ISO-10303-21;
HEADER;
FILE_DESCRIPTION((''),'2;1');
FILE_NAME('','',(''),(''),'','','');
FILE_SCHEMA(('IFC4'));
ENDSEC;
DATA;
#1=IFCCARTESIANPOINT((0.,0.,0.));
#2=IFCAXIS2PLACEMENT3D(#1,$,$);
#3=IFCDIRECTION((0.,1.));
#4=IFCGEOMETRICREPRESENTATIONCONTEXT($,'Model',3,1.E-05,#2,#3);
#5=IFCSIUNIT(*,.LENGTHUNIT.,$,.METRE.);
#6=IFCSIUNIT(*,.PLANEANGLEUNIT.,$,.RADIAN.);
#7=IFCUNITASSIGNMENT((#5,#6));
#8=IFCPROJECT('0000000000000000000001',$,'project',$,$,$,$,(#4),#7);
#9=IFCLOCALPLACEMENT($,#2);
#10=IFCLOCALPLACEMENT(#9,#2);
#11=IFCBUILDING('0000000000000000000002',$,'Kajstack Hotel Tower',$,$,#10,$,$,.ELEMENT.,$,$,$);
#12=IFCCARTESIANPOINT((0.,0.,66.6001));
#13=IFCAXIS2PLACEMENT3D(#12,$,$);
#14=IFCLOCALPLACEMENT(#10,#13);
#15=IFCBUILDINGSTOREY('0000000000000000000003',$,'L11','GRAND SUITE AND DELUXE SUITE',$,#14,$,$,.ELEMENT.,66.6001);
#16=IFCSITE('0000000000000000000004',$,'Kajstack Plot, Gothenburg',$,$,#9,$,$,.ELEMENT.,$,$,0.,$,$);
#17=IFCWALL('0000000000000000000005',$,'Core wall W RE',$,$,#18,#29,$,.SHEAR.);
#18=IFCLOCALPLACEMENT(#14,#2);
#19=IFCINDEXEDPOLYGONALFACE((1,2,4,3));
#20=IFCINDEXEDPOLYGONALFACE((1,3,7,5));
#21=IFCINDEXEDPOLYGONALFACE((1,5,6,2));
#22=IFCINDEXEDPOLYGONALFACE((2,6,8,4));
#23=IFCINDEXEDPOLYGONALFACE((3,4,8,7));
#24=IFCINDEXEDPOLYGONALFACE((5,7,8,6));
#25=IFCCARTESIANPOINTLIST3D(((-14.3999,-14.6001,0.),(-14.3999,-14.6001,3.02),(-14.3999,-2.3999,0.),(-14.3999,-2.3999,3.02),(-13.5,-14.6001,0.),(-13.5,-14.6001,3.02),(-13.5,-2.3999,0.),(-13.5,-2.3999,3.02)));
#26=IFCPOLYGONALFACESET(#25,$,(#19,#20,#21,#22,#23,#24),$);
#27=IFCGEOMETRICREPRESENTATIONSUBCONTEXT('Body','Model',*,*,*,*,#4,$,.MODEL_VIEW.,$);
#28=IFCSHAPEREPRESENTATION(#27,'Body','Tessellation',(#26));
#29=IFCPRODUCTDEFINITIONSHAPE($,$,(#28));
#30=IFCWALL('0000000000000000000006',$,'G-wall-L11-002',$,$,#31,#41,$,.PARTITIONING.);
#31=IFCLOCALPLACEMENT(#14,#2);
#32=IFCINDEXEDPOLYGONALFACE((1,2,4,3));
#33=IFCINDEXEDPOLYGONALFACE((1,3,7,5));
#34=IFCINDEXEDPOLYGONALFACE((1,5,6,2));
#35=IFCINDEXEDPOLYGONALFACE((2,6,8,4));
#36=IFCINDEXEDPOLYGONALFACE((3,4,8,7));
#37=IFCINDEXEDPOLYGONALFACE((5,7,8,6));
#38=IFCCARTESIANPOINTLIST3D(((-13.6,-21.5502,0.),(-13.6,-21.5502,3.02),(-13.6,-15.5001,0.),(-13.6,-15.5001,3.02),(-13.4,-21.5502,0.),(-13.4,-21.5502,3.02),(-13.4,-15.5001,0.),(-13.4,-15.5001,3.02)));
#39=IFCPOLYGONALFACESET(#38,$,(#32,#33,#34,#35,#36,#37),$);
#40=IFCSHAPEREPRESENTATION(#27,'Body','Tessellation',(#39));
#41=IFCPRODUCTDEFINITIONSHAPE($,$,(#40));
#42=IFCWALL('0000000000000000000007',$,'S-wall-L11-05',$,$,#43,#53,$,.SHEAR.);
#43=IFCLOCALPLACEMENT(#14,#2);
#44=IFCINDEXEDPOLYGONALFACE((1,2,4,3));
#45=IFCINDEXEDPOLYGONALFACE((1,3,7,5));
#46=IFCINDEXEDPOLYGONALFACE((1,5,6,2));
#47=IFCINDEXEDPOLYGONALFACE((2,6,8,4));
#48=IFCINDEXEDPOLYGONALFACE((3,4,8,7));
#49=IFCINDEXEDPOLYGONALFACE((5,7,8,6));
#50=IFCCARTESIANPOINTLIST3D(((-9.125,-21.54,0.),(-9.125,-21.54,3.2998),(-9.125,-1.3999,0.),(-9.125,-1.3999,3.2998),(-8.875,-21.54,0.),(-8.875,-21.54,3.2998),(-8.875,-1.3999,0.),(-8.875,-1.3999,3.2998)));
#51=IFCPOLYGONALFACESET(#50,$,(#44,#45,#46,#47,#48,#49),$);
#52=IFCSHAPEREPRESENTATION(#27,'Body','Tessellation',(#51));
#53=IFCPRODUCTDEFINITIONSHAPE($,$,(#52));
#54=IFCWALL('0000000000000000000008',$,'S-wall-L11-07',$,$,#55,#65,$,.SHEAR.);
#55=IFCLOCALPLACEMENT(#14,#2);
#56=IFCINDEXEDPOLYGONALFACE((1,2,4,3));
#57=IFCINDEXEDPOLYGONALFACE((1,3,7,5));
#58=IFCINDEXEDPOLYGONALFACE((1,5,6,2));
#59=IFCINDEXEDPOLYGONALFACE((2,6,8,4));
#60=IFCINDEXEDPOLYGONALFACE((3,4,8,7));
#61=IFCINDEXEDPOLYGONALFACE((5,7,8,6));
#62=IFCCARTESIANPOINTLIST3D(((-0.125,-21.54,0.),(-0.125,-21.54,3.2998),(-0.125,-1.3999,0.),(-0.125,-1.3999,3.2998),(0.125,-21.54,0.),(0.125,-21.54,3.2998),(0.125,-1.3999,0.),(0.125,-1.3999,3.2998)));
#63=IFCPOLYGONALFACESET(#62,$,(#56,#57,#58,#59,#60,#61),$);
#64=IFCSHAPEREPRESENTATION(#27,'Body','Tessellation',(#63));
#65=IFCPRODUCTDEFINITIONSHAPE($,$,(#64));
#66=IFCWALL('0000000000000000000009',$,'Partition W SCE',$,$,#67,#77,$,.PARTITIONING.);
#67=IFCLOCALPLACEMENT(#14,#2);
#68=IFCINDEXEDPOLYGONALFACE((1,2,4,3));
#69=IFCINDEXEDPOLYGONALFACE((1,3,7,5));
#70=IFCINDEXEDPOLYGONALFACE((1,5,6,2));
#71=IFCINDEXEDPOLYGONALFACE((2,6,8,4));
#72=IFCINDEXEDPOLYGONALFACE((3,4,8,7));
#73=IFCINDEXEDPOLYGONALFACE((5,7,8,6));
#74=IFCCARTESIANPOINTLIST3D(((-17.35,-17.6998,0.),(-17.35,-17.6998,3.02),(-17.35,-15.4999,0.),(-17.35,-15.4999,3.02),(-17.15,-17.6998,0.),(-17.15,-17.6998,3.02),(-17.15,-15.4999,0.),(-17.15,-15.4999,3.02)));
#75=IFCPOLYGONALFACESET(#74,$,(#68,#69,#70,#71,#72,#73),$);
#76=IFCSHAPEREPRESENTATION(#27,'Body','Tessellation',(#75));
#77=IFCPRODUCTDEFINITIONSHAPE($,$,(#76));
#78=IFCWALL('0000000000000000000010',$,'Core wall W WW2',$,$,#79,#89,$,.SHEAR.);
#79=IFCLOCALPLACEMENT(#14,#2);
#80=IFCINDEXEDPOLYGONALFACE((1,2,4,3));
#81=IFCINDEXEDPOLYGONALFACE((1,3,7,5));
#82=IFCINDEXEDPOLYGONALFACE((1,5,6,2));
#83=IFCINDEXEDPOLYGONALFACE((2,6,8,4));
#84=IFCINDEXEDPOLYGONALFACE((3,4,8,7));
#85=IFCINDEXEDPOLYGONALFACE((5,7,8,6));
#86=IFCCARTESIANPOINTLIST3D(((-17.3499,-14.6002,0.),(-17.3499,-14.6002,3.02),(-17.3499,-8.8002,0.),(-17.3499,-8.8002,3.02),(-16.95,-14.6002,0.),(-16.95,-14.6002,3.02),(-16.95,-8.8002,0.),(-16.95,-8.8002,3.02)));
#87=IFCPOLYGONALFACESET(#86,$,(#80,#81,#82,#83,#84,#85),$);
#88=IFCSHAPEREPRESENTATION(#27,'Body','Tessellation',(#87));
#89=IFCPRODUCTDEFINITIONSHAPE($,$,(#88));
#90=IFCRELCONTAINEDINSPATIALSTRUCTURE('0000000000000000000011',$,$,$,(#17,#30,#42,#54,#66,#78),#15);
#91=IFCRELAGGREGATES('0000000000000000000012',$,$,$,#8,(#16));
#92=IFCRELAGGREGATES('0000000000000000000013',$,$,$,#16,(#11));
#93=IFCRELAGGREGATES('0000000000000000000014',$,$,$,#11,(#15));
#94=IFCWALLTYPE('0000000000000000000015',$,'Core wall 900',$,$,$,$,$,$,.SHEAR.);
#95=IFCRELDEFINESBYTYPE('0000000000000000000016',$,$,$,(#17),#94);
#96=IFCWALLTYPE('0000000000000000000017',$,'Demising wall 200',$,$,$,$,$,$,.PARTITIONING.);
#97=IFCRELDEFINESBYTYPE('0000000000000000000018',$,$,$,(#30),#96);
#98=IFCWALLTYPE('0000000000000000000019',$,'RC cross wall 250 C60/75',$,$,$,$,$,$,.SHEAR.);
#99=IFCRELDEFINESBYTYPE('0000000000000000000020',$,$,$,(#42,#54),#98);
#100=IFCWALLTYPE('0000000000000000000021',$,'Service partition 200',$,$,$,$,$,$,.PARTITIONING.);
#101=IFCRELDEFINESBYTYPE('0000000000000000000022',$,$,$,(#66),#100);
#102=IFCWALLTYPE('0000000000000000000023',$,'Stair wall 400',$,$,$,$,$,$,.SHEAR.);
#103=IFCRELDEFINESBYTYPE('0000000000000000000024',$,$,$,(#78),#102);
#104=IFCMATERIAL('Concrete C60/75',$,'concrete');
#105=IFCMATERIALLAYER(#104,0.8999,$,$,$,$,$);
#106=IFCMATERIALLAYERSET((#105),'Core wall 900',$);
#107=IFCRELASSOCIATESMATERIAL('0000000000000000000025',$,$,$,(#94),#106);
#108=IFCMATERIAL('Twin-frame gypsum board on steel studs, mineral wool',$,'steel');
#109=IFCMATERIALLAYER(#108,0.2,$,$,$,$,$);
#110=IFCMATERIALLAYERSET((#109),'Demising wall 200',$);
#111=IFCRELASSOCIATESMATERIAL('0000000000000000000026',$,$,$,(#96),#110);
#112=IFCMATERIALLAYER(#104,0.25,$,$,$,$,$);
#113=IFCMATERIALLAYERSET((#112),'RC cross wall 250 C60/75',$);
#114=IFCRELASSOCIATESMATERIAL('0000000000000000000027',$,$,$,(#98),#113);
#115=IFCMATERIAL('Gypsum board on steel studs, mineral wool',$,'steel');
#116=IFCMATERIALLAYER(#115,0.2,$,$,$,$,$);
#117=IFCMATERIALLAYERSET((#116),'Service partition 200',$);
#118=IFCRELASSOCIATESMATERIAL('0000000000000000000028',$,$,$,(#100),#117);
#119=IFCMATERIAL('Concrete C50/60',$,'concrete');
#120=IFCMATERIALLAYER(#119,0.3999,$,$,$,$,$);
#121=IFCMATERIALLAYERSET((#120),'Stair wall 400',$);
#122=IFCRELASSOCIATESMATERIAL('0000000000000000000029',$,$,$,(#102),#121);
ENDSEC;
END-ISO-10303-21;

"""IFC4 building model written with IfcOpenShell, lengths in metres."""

from ifc_helpers import new_model, si_unit, direction, frame, frame_2d, origin, place, context, subcontext, project, spatial, rectangle, extrude, material, layer, layer_set, type_object, element, save


model = new_model("IFC4")

# Units and contexts
model_context = context("Model", 3, precision=1e-05, world=origin(), true_north=direction((0.0, 1.0)))
body_context = subcontext(model_context, "Body", "Model", "MODEL_VIEW")
ifc_project = project(units=[si_unit("LENGTHUNIT", "METRE"), si_unit("PLANEANGLEUNIT", "RADIAN")], contexts=[model_context])

# Site, building, storey
site_placement = place(None, origin())
site = spatial("IfcSite", under=ifc_project, at=site_placement, Name="Kajstack Plot, Gothenburg", CompositionType="ELEMENT", RefElevation=0.0)
building_placement = place(site_placement, origin())
building = spatial("IfcBuilding", under=site, at=building_placement, Name="Kajstack Hotel Tower", CompositionType="ELEMENT")
storey_placement = place(building_placement, frame((0.0, 0.0, 66.6001)))
storey = spatial("IfcBuildingStorey", under=building, at=storey_placement, Name="L11", Description="GRAND SUITE AND DELUXE SUITE", CompositionType="ELEMENT", Elevation=66.6001)

# Walls
ifc_material_1 = material(Name="Concrete C60/75", Category="concrete")
ifc_layer_1 = layer(ifc_material_1, 0.8999)
ifc_layer_set_1 = layer_set([ifc_layer_1], Name="Core wall 900")
wall_type_1 = type_object("IfcWallType", Name="Core wall 900", PredefinedType="SHEAR", material=ifc_layer_set_1)
wall_1_placement = place(storey_placement, frame((-13.95, -14.6001, 0.0), z_axis=(0.0, 0.0, 1.0), x_axis=(0.0, 1.0, 0.0)))
element("IfcWall", 1, at=wall_1_placement, inside=storey, type_object=wall_type_1, Name="Core wall W RE", PredefinedType="SHEAR", context=body_context, shape_type="SweptSolid", body=[
    extrude(rectangle(XDim=12.2002, YDim=0.8999, at=frame_2d((6.1001, 0.0))), origin(), (0.0, 0.0, 1.0), 3.02),
])
ifc_material_2 = material(Name="Twin-frame gypsum board on steel studs, mineral wool", Category="steel")
ifc_layer_2 = layer(ifc_material_2, 0.2)
ifc_layer_set_2 = layer_set([ifc_layer_2], Name="Demising wall 200")
wall_type_2 = type_object("IfcWallType", Name="Demising wall 200", PredefinedType="PARTITIONING", material=ifc_layer_set_2)
wall_2_placement = place(storey_placement, frame((-13.5, -21.55, 0.0), z_axis=(0.0, 0.0, 1.0), x_axis=(0.0, 1.0, 0.0)))
element("IfcWall", 2, at=wall_2_placement, inside=storey, type_object=wall_type_2, Name="G-wall-L11-002", PredefinedType="PARTITIONING", context=body_context, shape_type="SweptSolid", body=[
    extrude(rectangle(XDim=6.05, YDim=0.2, at=frame_2d((3.0249, 0.0))), origin(), (0.0, 0.0, 1.0), 3.02),
])

# Walls
ifc_layer_3 = layer(ifc_material_1, 0.25)
ifc_layer_set_3 = layer_set([ifc_layer_3], Name="RC cross wall 250 C60/75")
wall_type_3 = type_object("IfcWallType", Name="RC cross wall 250 C60/75", PredefinedType="SHEAR", material=ifc_layer_set_3)
for number, where, z_axis, x_axis, name in (
    (3, (-9.0, -21.54, 0.0), (0.0, 0.0, 1.0), (0.0, 1.0, 0.0), "S-wall-L11-05"),
    (4, (0.0, -21.54, 0.0), (0.0, 0.0, 1.0), (0.0, 1.0, 0.0), "S-wall-L11-07"),
):
    element("IfcWall", number, at=place(storey_placement, frame(where, z_axis=z_axis, x_axis=x_axis)), inside=storey, type_object=wall_type_3, Name=name, PredefinedType="SHEAR", context=body_context, shape_type="SweptSolid", body=[
        extrude(rectangle(XDim=20.1401, YDim=0.25, at=frame_2d((10.0701, 0.0))), origin(), (0.0, 0.0, 1.0), 3.2998),
    ])
ifc_material_3 = material(Name="Gypsum board on steel studs, mineral wool", Category="steel")
ifc_layer_4 = layer(ifc_material_3, 0.2)
ifc_layer_set_4 = layer_set([ifc_layer_4], Name="Service partition 200")
wall_type_4 = type_object("IfcWallType", Name="Service partition 200", PredefinedType="PARTITIONING", material=ifc_layer_set_4)
wall_3_placement = place(storey_placement, frame((-17.25, -17.7, 0.0), z_axis=(0.0, 0.0, 1.0), x_axis=(0.0, 1.0, 0.0)))
element("IfcWall", 5, at=wall_3_placement, inside=storey, type_object=wall_type_4, Name="Partition W SCE", PredefinedType="PARTITIONING", context=body_context, shape_type="SweptSolid", body=[
    extrude(rectangle(XDim=2.2, YDim=0.2, at=frame_2d((1.1001, 0.0))), origin(), (0.0, 0.0, 1.0), 3.02),
])
ifc_material_4 = material(Name="Concrete C50/60", Category="concrete")
ifc_layer_5 = layer(ifc_material_4, 0.3999)
ifc_layer_set_5 = layer_set([ifc_layer_5], Name="Stair wall 400")
wall_type_5 = type_object("IfcWallType", Name="Stair wall 400", PredefinedType="SHEAR", material=ifc_layer_set_5)
wall_4_placement = place(storey_placement, frame((-17.1499, -14.6001, 0.0), z_axis=(0.0, 0.0, 1.0), x_axis=(0.0, 1.0, 0.0)))
element("IfcWall", 6, at=wall_4_placement, inside=storey, type_object=wall_type_5, Name="Core wall W WW2", PredefinedType="SHEAR", context=body_context, shape_type="SweptSolid", body=[
    extrude(rectangle(XDim=5.8, YDim=0.3999, at=frame_2d((2.8999, 0.0))), origin(), (0.0, 0.0, 1.0), 3.02),
])

save(model, "model.ifc")
